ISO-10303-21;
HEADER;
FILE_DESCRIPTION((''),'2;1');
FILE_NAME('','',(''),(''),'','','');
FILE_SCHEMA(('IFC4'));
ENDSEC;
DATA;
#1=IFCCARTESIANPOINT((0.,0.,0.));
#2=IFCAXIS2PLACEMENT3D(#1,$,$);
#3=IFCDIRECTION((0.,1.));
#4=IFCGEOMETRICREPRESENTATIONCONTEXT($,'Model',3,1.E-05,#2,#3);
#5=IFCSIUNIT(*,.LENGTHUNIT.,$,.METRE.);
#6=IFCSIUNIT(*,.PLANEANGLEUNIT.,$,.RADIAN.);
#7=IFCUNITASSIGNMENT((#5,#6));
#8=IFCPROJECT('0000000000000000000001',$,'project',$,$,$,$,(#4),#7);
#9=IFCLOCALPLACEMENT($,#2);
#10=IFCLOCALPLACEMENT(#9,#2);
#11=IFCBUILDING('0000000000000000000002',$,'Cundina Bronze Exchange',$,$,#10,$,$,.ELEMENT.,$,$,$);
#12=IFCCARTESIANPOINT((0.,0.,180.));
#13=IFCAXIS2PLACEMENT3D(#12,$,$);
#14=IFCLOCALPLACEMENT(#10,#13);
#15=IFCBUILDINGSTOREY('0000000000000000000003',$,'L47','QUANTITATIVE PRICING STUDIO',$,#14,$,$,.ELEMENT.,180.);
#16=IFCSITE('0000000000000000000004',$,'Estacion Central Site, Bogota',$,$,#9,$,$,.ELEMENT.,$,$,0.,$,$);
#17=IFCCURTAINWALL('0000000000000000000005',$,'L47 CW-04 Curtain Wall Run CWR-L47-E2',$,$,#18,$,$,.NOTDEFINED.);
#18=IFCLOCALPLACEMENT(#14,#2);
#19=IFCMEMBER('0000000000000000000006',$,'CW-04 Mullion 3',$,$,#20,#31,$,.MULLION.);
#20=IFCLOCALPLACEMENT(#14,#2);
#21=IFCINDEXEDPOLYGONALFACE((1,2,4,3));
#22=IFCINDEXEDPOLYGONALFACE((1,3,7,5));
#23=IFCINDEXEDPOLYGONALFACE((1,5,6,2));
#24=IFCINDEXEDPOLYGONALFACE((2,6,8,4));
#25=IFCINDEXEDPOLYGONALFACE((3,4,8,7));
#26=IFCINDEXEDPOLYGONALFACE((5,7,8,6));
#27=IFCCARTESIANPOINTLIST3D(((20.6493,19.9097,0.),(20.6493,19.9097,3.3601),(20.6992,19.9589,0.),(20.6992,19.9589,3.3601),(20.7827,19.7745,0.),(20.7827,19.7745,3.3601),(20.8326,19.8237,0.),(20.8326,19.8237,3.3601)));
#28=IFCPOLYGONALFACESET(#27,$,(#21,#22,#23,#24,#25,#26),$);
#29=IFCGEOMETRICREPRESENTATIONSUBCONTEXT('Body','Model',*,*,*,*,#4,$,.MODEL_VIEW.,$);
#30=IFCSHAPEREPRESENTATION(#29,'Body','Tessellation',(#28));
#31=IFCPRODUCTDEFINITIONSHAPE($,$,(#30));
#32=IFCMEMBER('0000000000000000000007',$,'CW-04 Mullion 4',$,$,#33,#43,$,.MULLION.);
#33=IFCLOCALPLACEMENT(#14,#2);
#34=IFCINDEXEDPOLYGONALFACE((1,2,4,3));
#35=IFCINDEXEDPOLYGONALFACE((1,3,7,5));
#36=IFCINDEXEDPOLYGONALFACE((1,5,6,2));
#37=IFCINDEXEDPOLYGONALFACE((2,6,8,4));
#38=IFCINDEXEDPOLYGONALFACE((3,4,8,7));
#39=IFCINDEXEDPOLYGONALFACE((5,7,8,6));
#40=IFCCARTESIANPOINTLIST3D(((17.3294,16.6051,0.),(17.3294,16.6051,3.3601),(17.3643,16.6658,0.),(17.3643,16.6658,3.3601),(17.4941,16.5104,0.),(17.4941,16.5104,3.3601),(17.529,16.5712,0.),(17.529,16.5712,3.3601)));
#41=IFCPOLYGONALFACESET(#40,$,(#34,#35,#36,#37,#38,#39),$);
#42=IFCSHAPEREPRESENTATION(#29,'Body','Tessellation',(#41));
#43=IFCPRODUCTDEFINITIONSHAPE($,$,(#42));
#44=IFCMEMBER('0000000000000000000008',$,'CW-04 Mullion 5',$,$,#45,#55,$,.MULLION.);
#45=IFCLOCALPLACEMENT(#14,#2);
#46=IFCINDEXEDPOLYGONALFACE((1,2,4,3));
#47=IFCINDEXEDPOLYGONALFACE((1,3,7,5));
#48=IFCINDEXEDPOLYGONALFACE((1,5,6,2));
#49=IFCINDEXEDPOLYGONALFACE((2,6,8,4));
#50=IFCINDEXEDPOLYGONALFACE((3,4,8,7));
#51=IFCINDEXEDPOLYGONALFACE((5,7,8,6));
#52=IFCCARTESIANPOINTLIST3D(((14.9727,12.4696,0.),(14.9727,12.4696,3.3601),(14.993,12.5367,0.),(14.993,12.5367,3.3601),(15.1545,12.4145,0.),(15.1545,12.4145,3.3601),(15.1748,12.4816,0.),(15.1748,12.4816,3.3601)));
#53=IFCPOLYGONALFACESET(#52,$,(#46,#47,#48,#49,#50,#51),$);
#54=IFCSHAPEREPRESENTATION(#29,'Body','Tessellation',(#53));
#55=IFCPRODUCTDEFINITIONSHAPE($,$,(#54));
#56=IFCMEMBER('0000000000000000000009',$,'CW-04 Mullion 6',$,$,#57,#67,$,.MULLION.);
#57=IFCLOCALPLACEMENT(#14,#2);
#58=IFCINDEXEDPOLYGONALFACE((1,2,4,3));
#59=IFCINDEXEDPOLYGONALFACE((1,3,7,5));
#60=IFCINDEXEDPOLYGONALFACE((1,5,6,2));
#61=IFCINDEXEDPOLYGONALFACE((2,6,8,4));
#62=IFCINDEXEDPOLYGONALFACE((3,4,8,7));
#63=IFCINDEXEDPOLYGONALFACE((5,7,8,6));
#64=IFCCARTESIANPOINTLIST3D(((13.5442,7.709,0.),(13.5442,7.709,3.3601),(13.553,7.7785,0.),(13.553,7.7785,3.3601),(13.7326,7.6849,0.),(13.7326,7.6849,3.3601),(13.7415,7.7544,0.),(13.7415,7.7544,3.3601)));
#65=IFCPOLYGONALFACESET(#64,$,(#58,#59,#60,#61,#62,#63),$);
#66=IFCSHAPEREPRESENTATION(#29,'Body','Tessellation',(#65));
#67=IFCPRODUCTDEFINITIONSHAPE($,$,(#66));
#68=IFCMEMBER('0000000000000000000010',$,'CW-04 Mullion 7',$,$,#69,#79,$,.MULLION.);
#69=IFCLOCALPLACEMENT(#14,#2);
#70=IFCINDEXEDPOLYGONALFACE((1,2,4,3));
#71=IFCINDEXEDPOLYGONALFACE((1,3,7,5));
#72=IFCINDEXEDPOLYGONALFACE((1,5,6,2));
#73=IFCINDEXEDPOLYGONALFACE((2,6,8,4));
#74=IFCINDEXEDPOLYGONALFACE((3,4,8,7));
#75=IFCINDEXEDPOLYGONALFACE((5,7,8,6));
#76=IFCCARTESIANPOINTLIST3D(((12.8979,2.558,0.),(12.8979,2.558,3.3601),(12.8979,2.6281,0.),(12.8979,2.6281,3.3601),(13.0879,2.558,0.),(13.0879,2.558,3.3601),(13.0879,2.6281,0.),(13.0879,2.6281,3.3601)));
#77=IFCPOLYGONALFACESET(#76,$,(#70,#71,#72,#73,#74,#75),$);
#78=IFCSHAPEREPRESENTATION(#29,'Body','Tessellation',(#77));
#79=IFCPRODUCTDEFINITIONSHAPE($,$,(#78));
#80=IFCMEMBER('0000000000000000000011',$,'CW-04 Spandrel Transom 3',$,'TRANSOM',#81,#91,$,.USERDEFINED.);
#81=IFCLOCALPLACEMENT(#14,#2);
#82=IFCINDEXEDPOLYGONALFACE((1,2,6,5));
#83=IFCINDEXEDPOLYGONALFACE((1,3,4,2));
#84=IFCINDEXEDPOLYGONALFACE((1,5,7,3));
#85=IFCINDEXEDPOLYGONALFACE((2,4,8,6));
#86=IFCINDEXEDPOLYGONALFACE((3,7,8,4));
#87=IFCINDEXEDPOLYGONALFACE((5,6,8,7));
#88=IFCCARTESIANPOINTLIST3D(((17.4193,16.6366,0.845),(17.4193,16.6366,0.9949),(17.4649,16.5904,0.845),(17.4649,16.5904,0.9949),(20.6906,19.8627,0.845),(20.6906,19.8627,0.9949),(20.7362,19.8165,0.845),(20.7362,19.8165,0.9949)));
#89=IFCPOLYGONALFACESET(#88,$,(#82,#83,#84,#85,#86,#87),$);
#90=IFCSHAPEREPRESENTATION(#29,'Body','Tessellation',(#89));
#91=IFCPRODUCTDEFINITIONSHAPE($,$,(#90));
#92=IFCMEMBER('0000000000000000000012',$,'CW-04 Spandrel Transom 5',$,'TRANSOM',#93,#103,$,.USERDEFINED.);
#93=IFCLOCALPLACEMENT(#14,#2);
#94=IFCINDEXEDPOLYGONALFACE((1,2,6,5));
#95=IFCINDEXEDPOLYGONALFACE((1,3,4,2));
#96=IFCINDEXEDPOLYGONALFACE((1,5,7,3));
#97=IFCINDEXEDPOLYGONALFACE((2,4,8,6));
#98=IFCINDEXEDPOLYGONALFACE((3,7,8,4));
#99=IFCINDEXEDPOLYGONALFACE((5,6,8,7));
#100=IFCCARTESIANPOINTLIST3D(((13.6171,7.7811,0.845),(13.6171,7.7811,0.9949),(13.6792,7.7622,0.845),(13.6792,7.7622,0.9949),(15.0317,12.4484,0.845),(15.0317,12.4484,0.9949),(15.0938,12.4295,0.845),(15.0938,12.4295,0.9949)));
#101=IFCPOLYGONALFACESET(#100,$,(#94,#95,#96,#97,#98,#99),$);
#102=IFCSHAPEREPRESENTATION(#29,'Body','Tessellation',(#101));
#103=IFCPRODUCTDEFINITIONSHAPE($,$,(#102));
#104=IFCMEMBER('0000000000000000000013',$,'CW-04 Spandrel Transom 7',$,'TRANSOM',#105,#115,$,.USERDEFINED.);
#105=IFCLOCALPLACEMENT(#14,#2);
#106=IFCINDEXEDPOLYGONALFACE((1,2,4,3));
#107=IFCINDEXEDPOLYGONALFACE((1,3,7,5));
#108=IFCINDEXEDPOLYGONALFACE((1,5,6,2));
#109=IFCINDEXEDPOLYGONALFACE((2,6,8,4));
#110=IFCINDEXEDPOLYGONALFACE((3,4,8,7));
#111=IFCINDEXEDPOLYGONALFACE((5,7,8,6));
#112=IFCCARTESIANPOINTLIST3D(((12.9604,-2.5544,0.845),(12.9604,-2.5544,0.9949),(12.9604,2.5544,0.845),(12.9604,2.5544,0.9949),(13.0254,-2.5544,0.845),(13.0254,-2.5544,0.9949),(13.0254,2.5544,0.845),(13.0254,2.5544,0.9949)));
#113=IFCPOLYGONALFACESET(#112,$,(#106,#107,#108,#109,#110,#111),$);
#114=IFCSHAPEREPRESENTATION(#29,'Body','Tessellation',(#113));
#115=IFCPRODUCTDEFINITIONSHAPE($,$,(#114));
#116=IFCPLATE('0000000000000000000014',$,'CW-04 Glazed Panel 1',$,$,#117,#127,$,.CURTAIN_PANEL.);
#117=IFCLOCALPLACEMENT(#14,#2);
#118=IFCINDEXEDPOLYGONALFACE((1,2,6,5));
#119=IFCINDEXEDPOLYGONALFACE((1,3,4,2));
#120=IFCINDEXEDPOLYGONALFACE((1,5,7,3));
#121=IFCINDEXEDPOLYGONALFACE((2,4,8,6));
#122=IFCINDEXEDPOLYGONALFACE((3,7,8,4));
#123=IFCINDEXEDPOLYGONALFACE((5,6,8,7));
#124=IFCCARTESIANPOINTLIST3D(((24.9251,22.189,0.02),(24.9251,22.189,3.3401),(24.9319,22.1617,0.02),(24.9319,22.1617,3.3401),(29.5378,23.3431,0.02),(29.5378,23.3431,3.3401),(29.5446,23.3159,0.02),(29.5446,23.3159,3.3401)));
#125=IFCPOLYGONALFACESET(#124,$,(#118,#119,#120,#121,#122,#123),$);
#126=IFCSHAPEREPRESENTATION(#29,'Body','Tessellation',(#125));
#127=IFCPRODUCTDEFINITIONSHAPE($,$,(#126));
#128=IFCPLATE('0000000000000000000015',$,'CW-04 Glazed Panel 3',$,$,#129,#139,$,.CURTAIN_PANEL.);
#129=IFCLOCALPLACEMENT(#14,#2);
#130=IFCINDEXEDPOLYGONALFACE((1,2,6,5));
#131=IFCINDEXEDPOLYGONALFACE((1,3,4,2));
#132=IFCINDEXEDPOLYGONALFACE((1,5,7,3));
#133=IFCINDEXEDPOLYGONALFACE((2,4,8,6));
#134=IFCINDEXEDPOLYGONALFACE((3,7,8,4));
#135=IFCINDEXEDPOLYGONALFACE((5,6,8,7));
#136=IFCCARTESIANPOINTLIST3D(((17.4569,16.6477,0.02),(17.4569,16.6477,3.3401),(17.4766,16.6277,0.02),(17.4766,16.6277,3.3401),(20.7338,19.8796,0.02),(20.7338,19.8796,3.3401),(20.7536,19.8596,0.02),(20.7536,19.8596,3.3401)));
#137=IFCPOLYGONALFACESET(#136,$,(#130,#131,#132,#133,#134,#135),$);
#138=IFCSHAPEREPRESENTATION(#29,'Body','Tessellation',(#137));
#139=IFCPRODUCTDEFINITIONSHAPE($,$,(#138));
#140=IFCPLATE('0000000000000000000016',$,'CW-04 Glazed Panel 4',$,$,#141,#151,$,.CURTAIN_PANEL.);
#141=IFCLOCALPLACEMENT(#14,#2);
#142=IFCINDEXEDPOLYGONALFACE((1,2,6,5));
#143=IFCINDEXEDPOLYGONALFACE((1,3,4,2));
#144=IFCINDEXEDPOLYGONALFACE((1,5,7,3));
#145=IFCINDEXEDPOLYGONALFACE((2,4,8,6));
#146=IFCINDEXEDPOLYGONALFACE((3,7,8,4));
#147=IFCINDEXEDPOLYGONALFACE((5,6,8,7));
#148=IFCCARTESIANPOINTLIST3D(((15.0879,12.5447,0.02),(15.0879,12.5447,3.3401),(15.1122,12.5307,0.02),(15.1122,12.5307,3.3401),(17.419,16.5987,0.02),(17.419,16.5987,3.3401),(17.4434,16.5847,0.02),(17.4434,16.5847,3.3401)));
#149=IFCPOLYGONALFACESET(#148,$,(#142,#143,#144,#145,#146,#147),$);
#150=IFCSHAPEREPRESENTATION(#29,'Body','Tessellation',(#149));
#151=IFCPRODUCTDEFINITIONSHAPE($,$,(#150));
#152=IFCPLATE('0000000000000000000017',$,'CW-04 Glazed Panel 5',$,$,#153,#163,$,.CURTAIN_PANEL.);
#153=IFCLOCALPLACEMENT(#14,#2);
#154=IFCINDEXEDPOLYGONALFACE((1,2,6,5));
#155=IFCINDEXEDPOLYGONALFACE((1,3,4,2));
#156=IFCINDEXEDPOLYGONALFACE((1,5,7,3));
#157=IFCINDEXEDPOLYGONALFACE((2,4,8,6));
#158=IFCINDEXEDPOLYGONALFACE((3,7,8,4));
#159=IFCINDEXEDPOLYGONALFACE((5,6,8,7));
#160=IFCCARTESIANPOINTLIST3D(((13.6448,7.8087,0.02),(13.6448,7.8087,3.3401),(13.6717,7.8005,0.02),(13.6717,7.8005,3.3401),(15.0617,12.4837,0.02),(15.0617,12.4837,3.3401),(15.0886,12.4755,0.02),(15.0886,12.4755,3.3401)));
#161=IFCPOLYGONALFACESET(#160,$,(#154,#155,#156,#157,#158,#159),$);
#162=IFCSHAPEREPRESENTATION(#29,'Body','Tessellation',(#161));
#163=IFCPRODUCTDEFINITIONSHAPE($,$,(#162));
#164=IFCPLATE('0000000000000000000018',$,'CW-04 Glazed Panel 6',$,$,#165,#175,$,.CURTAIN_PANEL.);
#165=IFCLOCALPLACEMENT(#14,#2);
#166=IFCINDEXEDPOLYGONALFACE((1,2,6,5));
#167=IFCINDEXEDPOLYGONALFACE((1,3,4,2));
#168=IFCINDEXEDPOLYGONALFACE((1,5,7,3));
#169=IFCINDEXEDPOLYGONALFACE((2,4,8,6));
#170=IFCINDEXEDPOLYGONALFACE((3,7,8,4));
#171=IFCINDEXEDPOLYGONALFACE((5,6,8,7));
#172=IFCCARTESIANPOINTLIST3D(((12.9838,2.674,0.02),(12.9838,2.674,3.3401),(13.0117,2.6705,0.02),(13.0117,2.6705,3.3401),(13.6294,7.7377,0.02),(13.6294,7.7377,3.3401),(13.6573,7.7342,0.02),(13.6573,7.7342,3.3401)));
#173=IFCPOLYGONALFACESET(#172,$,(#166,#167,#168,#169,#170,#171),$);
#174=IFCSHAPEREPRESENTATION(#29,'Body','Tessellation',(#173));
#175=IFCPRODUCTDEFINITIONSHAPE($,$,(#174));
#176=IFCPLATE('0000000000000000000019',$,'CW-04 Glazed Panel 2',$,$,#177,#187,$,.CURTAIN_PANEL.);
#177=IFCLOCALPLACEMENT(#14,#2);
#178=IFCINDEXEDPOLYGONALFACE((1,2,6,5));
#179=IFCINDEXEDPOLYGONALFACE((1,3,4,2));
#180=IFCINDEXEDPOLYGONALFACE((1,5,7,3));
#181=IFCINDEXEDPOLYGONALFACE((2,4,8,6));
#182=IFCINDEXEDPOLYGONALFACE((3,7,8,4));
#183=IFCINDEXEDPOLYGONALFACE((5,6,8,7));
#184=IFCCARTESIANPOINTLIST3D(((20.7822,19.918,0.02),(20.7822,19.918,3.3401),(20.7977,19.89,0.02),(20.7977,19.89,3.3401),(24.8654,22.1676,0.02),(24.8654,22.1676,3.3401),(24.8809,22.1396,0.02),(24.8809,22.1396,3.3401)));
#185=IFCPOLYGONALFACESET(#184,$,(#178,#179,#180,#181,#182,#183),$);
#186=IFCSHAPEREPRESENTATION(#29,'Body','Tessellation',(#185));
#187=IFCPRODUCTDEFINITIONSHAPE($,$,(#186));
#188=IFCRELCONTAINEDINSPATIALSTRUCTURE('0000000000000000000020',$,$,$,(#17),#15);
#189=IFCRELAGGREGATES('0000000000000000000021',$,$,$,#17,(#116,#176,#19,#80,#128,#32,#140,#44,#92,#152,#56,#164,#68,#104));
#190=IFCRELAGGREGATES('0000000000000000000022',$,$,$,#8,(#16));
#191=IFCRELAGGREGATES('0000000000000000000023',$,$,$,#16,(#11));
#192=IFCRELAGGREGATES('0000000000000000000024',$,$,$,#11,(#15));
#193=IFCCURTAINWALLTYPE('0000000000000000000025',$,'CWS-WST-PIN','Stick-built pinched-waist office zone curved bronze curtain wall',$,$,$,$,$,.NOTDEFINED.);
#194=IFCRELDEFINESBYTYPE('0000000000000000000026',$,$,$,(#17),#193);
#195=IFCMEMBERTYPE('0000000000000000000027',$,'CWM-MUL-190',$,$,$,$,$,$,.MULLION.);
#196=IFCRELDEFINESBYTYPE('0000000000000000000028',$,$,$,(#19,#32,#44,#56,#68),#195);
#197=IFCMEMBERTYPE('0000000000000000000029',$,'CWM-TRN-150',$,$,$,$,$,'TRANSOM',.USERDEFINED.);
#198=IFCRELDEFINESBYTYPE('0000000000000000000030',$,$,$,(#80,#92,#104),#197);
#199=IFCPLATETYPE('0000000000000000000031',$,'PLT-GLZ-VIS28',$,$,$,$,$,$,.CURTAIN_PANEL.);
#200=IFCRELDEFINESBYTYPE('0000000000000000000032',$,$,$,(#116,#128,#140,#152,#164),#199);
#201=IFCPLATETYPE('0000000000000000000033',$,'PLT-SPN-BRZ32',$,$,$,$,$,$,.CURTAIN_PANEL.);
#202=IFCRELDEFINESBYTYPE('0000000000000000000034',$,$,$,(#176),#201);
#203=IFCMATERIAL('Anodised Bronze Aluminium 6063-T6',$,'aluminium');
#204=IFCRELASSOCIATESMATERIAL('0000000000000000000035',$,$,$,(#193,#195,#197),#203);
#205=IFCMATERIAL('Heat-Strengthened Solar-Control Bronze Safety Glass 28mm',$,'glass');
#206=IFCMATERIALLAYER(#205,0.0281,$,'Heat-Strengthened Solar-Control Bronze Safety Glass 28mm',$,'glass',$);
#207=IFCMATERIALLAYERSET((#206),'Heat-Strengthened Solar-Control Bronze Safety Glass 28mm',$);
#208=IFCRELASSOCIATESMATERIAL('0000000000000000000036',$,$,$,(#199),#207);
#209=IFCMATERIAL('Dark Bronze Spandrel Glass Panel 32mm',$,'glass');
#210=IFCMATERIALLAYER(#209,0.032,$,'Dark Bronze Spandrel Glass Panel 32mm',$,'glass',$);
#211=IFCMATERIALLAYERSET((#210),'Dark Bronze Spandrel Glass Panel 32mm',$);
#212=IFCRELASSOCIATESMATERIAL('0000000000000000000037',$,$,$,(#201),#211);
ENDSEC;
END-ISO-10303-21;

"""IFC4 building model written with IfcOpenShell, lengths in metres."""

from ifc_helpers import new_model, si_unit, direction, frame, origin, origin_2d, place, context, subcontext, project, spatial, rectangle, extrude, material, layer, layer_set, material_profile, profile_set, type_object, element, aggregate, save


model = new_model("IFC4")

# Units and contexts
model_context = context("Model", 3, precision=1e-05, world=origin(), true_north=direction((0.0, 1.0)))
body_context = subcontext(model_context, "Body", "Model", "MODEL_VIEW")
ifc_project = project(units=[si_unit("LENGTHUNIT", "METRE"), si_unit("PLANEANGLEUNIT", "RADIAN")], contexts=[model_context])

# Site, building, storey
site_placement = place(None, origin())
site = spatial("IfcSite", under=ifc_project, at=site_placement, Name="Estacion Central Site, Bogota", CompositionType="ELEMENT", RefElevation=0.0)
building_placement = place(site_placement, origin())
building = spatial("IfcBuilding", under=site, at=building_placement, Name="Cundina Bronze Exchange", CompositionType="ELEMENT")
storey_placement = place(building_placement, frame((0.0, 0.0, 180.0)))
storey = spatial("IfcBuildingStorey", under=building, at=storey_placement, Name="L47", Description="QUANTITATIVE PRICING STUDIO", CompositionType="ELEMENT", Elevation=180.0)

# Curtain wall, members, plates
ifc_material_1 = material(Name="Anodised Bronze Aluminium 6063-T6", Category="aluminium")
curtain_wall_type = type_object("IfcCurtainWallType", Name="CWS-WST-PIN", Description="Stick-built pinched-waist office zone curved bronze curtain wall", PredefinedType="NOTDEFINED", material=ifc_material_1)
curtain_wall_placement = place(storey_placement, origin())
curtain_wall = element("IfcCurtainWall", 1, at=curtain_wall_placement, inside=storey, type_object=curtain_wall_type, Name="L47 CW-04 Curtain Wall Run CWR-L47-E2", PredefinedType="NOTDEFINED")
ifc_material_profile_1 = material_profile(ifc_material_1, rectangle(XDim=0.0701, YDim=0.1899, at=origin_2d()), Name="AL70X190", Category="aluminium")
ifc_profile_set_1 = profile_set([ifc_material_profile_1], Name="Anodised Bronze Aluminium 6063-T6")
member_type_1 = type_object("IfcMemberType", Name="CWM-MUL-190", PredefinedType="MULLION", material=ifc_profile_set_1)
member_1_placement = place(storey_placement, frame((20.741, 19.8667, 0.0), z_axis=(0.0, 0.0, 1.0), x_axis=(-0.712026, -0.702153, 0.0)))
member_1 = element("IfcMember", 2, at=member_1_placement, type_object=member_type_1, Name="CW-04 Mullion 3", PredefinedType="MULLION", context=body_context, shape_type="SweptSolid", body=[
    extrude(rectangle(XDim=0.0701, YDim=0.1899, at=origin_2d()), origin(), (0.0, 0.0, 1.0), 3.3601),
])
member_2_placement = place(storey_placement, frame((17.4292, 16.5881, 0.0), z_axis=(0.0, 0.0, 1.0), x_axis=(-0.498488, -0.866897, 0.0)))
member_2 = element("IfcMember", 3, at=member_2_placement, type_object=member_type_1, Name="CW-04 Mullion 4", PredefinedType="MULLION", context=body_context, shape_type="SweptSolid", body=[
    extrude(rectangle(XDim=0.0701, YDim=0.1899, at=origin_2d()), origin(), (0.0, 0.0, 1.0), 3.3601),
])
member_3_placement = place(storey_placement, frame((15.0737, 12.4756, 0.0), z_axis=(0.0, 0.0, 1.0), x_axis=(-0.290034, -0.957016, 0.0)))
member_3 = element("IfcMember", 4, at=member_3_placement, type_object=member_type_1, Name="CW-04 Mullion 5", PredefinedType="MULLION", context=body_context, shape_type="SweptSolid", body=[
    extrude(rectangle(XDim=0.0701, YDim=0.1899, at=origin_2d()), origin(), (0.0, 0.0, 1.0), 3.3601),
])
member_4_placement = place(storey_placement, frame((13.6428, 7.7317, 0.0), z_axis=(0.0, 0.0, 1.0), x_axis=(-0.126545, -0.991961, 0.0)))
member_4 = element("IfcMember", 5, at=member_4_placement, type_object=member_type_1, Name="CW-04 Mullion 6", PredefinedType="MULLION", context=body_context, shape_type="SweptSolid", body=[
    extrude(rectangle(XDim=0.0701, YDim=0.1899, at=origin_2d()), origin(), (0.0, 0.0, 1.0), 3.3601),
])
member_5_placement = place(storey_placement, frame((12.9929, 2.593, 0.0), z_axis=(0.0, 0.0, 1.0), x_axis=(0.0, -1.0, 0.0)))
member_5 = element("IfcMember", 6, at=member_5_placement, type_object=member_type_1, Name="CW-04 Mullion 7", PredefinedType="MULLION", context=body_context, shape_type="SweptSolid", body=[
    extrude(rectangle(XDim=0.0701, YDim=0.1899, at=origin_2d()), origin(), (0.0, 0.0, 1.0), 3.3601),
])
ifc_material_profile_2 = material_profile(ifc_material_1, rectangle(XDim=0.0649, YDim=0.1499, at=origin_2d()), Name="AL65X150", Category="aluminium")
ifc_profile_set_2 = profile_set([ifc_material_profile_2], Name="Anodised Bronze Aluminium 6063-T6")
member_type_2 = type_object("IfcMemberType", Name="CWM-TRN-150", ElementType="TRANSOM", PredefinedType="USERDEFINED", material=ifc_profile_set_2)
member_6_placement = place(storey_placement, frame((20.7134, 19.8396, 0.9199), z_axis=(-0.712005, -0.702174, 0.0), x_axis=(0.702174, -0.712005, 0.0)))
member_6 = element("IfcMember", 7, at=member_6_placement, type_object=member_type_2, Name="CW-04 Spandrel Transom 3", ObjectType="TRANSOM", PredefinedType="USERDEFINED", context=body_context, shape_type="SweptSolid", body=[
    extrude(rectangle(XDim=0.0649, YDim=0.1499, at=origin_2d()), origin(), (0.0, 0.0, 1.0), 4.5945),
])
member_7_placement = place(storey_placement, frame((15.0627, 12.439, 0.9199), z_axis=(-0.290052, -0.957011, 0.0), x_axis=(0.957011, -0.290052, 0.0)))
member_7 = element("IfcMember", 8, at=member_7_placement, type_object=member_type_2, Name="CW-04 Spandrel Transom 5", ObjectType="TRANSOM", PredefinedType="USERDEFINED", context=body_context, shape_type="SweptSolid", body=[
    extrude(rectangle(XDim=0.0649, YDim=0.1499, at=origin_2d()), origin(), (0.0, 0.0, 1.0), 4.877),
])
member_8_placement = place(storey_placement, frame((12.9929, 2.5544, 0.9199), z_axis=(0.0, -1.0, 0.0), x_axis=(1.0, 0.0, 0.0)))
member_8 = element("IfcMember", 9, at=member_8_placement, type_object=member_type_2, Name="CW-04 Spandrel Transom 7", ObjectType="TRANSOM", PredefinedType="USERDEFINED", context=body_context, shape_type="SweptSolid", body=[
    extrude(rectangle(XDim=0.0649, YDim=0.1499, at=origin_2d()), origin(), (0.0, 0.0, 1.0), 5.1089),
])
ifc_material_2 = material(Name="Heat-Strengthened Solar-Control Bronze Safety Glass 28mm", Category="glass")
ifc_layer_1 = layer(ifc_material_2, 0.0281, Name="Heat-Strengthened Solar-Control Bronze Safety Glass 28mm", Category="glass")
ifc_layer_set_1 = layer_set([ifc_layer_1], Name="Heat-Strengthened Solar-Control Bronze Safety Glass 28mm")
plate_type_1 = type_object("IfcPlateType", Name="PLT-GLZ-VIS28", PredefinedType="CURTAIN_PANEL", material=ifc_layer_set_1)
plate_1_placement = place(storey_placement, frame((27.2349, 22.7524, 0.02), z_axis=(0.0, 0.0, 1.0), x_axis=(-0.970093, -0.242735, 0.0)))
plate_1 = element("IfcPlate", 10, at=plate_1_placement, type_object=plate_type_1, Name="CW-04 Glazed Panel 1", PredefinedType="CURTAIN_PANEL", context=body_context, shape_type="SweptSolid", body=[
    extrude(rectangle(XDim=4.7549, YDim=0.0281, at=origin_2d()), origin(), (0.0, 0.0, 1.0), 3.3201),
])
plate_2_placement = place(storey_placement, frame((19.1052, 18.2537, 0.02), z_axis=(0.0, 0.0, 1.0), x_axis=(-0.711989, -0.70219, 0.0)))
plate_2 = element("IfcPlate", 11, at=plate_2_placement, type_object=plate_type_1, Name="CW-04 Glazed Panel 3", PredefinedType="CURTAIN_PANEL", context=body_context, shape_type="SweptSolid", body=[
    extrude(rectangle(XDim=4.6025, YDim=0.0281, at=origin_2d()), origin(), (0.0, 0.0, 1.0), 3.3201),
])
plate_3_placement = place(storey_placement, frame((16.2656, 14.5647, 0.02), z_axis=(0.0, 0.0, 1.0), x_axis=(-0.498488, -0.866897, 0.0)))
plate_3 = element("IfcPlate", 12, at=plate_3_placement, type_object=plate_type_1, Name="CW-04 Glazed Panel 4", PredefinedType="CURTAIN_PANEL", context=body_context, shape_type="SweptSolid", body=[
    extrude(rectangle(XDim=4.6765, YDim=0.0281, at=origin_2d()), origin(), (0.0, 0.0, 1.0), 3.3201),
])
plate_4_placement = place(storey_placement, frame((14.3667, 10.1421, 0.02), z_axis=(0.0, 0.0, 1.0), x_axis=(-0.290051, -0.957011, 0.0)))
plate_4 = element("IfcPlate", 13, at=plate_4_placement, type_object=plate_type_1, Name="CW-04 Glazed Panel 5", PredefinedType="CURTAIN_PANEL", context=body_context, shape_type="SweptSolid", body=[
    extrude(rectangle(XDim=4.885, YDim=0.0281, at=origin_2d()), origin(), (0.0, 0.0, 1.0), 3.3201),
])
plate_5_placement = place(storey_placement, frame((13.3206, 5.2041, 0.02), z_axis=(0.0, 0.0, 1.0), x_axis=(-0.126476, -0.99197, 0.0)))
plate_5 = element("IfcPlate", 14, at=plate_5_placement, type_object=plate_type_1, Name="CW-04 Glazed Panel 6", PredefinedType="CURTAIN_PANEL", context=body_context, shape_type="SweptSolid", body=[
    extrude(rectangle(XDim=5.1047, YDim=0.0281, at=origin_2d()), origin(), (0.0, 0.0, 1.0), 3.3201),
])
ifc_material_3 = material(Name="Dark Bronze Spandrel Glass Panel 32mm", Category="glass")
ifc_layer_2 = layer(ifc_material_3, 0.032, Name="Dark Bronze Spandrel Glass Panel 32mm", Category="glass")
ifc_layer_set_2 = layer_set([ifc_layer_2], Name="Dark Bronze Spandrel Glass Panel 32mm")
plate_type_2 = type_object("IfcPlateType", Name="PLT-SPN-BRZ32", PredefinedType="CURTAIN_PANEL", material=ifc_layer_set_2)
plate_6_placement = place(storey_placement, frame((22.8315, 21.0288, 0.02), z_axis=(0.0, 0.0, 1.0), x_axis=(-0.875869, -0.482549, 0.0)))
plate_6 = element("IfcPlate", 15, at=plate_6_placement, type_object=plate_type_2, Name="CW-04 Glazed Panel 2", PredefinedType="CURTAIN_PANEL", context=body_context, shape_type="SweptSolid", body=[
    extrude(rectangle(XDim=4.6619, YDim=0.032, at=origin_2d()), origin(), (0.0, 0.0, 1.0), 3.3201),
])
aggregate(curtain_wall, [plate_1, plate_6, member_1, member_6, plate_2, member_2, plate_3, member_3, member_7, plate_4, member_4, plate_5, member_5, member_8])

save(model, "model.ifc")
